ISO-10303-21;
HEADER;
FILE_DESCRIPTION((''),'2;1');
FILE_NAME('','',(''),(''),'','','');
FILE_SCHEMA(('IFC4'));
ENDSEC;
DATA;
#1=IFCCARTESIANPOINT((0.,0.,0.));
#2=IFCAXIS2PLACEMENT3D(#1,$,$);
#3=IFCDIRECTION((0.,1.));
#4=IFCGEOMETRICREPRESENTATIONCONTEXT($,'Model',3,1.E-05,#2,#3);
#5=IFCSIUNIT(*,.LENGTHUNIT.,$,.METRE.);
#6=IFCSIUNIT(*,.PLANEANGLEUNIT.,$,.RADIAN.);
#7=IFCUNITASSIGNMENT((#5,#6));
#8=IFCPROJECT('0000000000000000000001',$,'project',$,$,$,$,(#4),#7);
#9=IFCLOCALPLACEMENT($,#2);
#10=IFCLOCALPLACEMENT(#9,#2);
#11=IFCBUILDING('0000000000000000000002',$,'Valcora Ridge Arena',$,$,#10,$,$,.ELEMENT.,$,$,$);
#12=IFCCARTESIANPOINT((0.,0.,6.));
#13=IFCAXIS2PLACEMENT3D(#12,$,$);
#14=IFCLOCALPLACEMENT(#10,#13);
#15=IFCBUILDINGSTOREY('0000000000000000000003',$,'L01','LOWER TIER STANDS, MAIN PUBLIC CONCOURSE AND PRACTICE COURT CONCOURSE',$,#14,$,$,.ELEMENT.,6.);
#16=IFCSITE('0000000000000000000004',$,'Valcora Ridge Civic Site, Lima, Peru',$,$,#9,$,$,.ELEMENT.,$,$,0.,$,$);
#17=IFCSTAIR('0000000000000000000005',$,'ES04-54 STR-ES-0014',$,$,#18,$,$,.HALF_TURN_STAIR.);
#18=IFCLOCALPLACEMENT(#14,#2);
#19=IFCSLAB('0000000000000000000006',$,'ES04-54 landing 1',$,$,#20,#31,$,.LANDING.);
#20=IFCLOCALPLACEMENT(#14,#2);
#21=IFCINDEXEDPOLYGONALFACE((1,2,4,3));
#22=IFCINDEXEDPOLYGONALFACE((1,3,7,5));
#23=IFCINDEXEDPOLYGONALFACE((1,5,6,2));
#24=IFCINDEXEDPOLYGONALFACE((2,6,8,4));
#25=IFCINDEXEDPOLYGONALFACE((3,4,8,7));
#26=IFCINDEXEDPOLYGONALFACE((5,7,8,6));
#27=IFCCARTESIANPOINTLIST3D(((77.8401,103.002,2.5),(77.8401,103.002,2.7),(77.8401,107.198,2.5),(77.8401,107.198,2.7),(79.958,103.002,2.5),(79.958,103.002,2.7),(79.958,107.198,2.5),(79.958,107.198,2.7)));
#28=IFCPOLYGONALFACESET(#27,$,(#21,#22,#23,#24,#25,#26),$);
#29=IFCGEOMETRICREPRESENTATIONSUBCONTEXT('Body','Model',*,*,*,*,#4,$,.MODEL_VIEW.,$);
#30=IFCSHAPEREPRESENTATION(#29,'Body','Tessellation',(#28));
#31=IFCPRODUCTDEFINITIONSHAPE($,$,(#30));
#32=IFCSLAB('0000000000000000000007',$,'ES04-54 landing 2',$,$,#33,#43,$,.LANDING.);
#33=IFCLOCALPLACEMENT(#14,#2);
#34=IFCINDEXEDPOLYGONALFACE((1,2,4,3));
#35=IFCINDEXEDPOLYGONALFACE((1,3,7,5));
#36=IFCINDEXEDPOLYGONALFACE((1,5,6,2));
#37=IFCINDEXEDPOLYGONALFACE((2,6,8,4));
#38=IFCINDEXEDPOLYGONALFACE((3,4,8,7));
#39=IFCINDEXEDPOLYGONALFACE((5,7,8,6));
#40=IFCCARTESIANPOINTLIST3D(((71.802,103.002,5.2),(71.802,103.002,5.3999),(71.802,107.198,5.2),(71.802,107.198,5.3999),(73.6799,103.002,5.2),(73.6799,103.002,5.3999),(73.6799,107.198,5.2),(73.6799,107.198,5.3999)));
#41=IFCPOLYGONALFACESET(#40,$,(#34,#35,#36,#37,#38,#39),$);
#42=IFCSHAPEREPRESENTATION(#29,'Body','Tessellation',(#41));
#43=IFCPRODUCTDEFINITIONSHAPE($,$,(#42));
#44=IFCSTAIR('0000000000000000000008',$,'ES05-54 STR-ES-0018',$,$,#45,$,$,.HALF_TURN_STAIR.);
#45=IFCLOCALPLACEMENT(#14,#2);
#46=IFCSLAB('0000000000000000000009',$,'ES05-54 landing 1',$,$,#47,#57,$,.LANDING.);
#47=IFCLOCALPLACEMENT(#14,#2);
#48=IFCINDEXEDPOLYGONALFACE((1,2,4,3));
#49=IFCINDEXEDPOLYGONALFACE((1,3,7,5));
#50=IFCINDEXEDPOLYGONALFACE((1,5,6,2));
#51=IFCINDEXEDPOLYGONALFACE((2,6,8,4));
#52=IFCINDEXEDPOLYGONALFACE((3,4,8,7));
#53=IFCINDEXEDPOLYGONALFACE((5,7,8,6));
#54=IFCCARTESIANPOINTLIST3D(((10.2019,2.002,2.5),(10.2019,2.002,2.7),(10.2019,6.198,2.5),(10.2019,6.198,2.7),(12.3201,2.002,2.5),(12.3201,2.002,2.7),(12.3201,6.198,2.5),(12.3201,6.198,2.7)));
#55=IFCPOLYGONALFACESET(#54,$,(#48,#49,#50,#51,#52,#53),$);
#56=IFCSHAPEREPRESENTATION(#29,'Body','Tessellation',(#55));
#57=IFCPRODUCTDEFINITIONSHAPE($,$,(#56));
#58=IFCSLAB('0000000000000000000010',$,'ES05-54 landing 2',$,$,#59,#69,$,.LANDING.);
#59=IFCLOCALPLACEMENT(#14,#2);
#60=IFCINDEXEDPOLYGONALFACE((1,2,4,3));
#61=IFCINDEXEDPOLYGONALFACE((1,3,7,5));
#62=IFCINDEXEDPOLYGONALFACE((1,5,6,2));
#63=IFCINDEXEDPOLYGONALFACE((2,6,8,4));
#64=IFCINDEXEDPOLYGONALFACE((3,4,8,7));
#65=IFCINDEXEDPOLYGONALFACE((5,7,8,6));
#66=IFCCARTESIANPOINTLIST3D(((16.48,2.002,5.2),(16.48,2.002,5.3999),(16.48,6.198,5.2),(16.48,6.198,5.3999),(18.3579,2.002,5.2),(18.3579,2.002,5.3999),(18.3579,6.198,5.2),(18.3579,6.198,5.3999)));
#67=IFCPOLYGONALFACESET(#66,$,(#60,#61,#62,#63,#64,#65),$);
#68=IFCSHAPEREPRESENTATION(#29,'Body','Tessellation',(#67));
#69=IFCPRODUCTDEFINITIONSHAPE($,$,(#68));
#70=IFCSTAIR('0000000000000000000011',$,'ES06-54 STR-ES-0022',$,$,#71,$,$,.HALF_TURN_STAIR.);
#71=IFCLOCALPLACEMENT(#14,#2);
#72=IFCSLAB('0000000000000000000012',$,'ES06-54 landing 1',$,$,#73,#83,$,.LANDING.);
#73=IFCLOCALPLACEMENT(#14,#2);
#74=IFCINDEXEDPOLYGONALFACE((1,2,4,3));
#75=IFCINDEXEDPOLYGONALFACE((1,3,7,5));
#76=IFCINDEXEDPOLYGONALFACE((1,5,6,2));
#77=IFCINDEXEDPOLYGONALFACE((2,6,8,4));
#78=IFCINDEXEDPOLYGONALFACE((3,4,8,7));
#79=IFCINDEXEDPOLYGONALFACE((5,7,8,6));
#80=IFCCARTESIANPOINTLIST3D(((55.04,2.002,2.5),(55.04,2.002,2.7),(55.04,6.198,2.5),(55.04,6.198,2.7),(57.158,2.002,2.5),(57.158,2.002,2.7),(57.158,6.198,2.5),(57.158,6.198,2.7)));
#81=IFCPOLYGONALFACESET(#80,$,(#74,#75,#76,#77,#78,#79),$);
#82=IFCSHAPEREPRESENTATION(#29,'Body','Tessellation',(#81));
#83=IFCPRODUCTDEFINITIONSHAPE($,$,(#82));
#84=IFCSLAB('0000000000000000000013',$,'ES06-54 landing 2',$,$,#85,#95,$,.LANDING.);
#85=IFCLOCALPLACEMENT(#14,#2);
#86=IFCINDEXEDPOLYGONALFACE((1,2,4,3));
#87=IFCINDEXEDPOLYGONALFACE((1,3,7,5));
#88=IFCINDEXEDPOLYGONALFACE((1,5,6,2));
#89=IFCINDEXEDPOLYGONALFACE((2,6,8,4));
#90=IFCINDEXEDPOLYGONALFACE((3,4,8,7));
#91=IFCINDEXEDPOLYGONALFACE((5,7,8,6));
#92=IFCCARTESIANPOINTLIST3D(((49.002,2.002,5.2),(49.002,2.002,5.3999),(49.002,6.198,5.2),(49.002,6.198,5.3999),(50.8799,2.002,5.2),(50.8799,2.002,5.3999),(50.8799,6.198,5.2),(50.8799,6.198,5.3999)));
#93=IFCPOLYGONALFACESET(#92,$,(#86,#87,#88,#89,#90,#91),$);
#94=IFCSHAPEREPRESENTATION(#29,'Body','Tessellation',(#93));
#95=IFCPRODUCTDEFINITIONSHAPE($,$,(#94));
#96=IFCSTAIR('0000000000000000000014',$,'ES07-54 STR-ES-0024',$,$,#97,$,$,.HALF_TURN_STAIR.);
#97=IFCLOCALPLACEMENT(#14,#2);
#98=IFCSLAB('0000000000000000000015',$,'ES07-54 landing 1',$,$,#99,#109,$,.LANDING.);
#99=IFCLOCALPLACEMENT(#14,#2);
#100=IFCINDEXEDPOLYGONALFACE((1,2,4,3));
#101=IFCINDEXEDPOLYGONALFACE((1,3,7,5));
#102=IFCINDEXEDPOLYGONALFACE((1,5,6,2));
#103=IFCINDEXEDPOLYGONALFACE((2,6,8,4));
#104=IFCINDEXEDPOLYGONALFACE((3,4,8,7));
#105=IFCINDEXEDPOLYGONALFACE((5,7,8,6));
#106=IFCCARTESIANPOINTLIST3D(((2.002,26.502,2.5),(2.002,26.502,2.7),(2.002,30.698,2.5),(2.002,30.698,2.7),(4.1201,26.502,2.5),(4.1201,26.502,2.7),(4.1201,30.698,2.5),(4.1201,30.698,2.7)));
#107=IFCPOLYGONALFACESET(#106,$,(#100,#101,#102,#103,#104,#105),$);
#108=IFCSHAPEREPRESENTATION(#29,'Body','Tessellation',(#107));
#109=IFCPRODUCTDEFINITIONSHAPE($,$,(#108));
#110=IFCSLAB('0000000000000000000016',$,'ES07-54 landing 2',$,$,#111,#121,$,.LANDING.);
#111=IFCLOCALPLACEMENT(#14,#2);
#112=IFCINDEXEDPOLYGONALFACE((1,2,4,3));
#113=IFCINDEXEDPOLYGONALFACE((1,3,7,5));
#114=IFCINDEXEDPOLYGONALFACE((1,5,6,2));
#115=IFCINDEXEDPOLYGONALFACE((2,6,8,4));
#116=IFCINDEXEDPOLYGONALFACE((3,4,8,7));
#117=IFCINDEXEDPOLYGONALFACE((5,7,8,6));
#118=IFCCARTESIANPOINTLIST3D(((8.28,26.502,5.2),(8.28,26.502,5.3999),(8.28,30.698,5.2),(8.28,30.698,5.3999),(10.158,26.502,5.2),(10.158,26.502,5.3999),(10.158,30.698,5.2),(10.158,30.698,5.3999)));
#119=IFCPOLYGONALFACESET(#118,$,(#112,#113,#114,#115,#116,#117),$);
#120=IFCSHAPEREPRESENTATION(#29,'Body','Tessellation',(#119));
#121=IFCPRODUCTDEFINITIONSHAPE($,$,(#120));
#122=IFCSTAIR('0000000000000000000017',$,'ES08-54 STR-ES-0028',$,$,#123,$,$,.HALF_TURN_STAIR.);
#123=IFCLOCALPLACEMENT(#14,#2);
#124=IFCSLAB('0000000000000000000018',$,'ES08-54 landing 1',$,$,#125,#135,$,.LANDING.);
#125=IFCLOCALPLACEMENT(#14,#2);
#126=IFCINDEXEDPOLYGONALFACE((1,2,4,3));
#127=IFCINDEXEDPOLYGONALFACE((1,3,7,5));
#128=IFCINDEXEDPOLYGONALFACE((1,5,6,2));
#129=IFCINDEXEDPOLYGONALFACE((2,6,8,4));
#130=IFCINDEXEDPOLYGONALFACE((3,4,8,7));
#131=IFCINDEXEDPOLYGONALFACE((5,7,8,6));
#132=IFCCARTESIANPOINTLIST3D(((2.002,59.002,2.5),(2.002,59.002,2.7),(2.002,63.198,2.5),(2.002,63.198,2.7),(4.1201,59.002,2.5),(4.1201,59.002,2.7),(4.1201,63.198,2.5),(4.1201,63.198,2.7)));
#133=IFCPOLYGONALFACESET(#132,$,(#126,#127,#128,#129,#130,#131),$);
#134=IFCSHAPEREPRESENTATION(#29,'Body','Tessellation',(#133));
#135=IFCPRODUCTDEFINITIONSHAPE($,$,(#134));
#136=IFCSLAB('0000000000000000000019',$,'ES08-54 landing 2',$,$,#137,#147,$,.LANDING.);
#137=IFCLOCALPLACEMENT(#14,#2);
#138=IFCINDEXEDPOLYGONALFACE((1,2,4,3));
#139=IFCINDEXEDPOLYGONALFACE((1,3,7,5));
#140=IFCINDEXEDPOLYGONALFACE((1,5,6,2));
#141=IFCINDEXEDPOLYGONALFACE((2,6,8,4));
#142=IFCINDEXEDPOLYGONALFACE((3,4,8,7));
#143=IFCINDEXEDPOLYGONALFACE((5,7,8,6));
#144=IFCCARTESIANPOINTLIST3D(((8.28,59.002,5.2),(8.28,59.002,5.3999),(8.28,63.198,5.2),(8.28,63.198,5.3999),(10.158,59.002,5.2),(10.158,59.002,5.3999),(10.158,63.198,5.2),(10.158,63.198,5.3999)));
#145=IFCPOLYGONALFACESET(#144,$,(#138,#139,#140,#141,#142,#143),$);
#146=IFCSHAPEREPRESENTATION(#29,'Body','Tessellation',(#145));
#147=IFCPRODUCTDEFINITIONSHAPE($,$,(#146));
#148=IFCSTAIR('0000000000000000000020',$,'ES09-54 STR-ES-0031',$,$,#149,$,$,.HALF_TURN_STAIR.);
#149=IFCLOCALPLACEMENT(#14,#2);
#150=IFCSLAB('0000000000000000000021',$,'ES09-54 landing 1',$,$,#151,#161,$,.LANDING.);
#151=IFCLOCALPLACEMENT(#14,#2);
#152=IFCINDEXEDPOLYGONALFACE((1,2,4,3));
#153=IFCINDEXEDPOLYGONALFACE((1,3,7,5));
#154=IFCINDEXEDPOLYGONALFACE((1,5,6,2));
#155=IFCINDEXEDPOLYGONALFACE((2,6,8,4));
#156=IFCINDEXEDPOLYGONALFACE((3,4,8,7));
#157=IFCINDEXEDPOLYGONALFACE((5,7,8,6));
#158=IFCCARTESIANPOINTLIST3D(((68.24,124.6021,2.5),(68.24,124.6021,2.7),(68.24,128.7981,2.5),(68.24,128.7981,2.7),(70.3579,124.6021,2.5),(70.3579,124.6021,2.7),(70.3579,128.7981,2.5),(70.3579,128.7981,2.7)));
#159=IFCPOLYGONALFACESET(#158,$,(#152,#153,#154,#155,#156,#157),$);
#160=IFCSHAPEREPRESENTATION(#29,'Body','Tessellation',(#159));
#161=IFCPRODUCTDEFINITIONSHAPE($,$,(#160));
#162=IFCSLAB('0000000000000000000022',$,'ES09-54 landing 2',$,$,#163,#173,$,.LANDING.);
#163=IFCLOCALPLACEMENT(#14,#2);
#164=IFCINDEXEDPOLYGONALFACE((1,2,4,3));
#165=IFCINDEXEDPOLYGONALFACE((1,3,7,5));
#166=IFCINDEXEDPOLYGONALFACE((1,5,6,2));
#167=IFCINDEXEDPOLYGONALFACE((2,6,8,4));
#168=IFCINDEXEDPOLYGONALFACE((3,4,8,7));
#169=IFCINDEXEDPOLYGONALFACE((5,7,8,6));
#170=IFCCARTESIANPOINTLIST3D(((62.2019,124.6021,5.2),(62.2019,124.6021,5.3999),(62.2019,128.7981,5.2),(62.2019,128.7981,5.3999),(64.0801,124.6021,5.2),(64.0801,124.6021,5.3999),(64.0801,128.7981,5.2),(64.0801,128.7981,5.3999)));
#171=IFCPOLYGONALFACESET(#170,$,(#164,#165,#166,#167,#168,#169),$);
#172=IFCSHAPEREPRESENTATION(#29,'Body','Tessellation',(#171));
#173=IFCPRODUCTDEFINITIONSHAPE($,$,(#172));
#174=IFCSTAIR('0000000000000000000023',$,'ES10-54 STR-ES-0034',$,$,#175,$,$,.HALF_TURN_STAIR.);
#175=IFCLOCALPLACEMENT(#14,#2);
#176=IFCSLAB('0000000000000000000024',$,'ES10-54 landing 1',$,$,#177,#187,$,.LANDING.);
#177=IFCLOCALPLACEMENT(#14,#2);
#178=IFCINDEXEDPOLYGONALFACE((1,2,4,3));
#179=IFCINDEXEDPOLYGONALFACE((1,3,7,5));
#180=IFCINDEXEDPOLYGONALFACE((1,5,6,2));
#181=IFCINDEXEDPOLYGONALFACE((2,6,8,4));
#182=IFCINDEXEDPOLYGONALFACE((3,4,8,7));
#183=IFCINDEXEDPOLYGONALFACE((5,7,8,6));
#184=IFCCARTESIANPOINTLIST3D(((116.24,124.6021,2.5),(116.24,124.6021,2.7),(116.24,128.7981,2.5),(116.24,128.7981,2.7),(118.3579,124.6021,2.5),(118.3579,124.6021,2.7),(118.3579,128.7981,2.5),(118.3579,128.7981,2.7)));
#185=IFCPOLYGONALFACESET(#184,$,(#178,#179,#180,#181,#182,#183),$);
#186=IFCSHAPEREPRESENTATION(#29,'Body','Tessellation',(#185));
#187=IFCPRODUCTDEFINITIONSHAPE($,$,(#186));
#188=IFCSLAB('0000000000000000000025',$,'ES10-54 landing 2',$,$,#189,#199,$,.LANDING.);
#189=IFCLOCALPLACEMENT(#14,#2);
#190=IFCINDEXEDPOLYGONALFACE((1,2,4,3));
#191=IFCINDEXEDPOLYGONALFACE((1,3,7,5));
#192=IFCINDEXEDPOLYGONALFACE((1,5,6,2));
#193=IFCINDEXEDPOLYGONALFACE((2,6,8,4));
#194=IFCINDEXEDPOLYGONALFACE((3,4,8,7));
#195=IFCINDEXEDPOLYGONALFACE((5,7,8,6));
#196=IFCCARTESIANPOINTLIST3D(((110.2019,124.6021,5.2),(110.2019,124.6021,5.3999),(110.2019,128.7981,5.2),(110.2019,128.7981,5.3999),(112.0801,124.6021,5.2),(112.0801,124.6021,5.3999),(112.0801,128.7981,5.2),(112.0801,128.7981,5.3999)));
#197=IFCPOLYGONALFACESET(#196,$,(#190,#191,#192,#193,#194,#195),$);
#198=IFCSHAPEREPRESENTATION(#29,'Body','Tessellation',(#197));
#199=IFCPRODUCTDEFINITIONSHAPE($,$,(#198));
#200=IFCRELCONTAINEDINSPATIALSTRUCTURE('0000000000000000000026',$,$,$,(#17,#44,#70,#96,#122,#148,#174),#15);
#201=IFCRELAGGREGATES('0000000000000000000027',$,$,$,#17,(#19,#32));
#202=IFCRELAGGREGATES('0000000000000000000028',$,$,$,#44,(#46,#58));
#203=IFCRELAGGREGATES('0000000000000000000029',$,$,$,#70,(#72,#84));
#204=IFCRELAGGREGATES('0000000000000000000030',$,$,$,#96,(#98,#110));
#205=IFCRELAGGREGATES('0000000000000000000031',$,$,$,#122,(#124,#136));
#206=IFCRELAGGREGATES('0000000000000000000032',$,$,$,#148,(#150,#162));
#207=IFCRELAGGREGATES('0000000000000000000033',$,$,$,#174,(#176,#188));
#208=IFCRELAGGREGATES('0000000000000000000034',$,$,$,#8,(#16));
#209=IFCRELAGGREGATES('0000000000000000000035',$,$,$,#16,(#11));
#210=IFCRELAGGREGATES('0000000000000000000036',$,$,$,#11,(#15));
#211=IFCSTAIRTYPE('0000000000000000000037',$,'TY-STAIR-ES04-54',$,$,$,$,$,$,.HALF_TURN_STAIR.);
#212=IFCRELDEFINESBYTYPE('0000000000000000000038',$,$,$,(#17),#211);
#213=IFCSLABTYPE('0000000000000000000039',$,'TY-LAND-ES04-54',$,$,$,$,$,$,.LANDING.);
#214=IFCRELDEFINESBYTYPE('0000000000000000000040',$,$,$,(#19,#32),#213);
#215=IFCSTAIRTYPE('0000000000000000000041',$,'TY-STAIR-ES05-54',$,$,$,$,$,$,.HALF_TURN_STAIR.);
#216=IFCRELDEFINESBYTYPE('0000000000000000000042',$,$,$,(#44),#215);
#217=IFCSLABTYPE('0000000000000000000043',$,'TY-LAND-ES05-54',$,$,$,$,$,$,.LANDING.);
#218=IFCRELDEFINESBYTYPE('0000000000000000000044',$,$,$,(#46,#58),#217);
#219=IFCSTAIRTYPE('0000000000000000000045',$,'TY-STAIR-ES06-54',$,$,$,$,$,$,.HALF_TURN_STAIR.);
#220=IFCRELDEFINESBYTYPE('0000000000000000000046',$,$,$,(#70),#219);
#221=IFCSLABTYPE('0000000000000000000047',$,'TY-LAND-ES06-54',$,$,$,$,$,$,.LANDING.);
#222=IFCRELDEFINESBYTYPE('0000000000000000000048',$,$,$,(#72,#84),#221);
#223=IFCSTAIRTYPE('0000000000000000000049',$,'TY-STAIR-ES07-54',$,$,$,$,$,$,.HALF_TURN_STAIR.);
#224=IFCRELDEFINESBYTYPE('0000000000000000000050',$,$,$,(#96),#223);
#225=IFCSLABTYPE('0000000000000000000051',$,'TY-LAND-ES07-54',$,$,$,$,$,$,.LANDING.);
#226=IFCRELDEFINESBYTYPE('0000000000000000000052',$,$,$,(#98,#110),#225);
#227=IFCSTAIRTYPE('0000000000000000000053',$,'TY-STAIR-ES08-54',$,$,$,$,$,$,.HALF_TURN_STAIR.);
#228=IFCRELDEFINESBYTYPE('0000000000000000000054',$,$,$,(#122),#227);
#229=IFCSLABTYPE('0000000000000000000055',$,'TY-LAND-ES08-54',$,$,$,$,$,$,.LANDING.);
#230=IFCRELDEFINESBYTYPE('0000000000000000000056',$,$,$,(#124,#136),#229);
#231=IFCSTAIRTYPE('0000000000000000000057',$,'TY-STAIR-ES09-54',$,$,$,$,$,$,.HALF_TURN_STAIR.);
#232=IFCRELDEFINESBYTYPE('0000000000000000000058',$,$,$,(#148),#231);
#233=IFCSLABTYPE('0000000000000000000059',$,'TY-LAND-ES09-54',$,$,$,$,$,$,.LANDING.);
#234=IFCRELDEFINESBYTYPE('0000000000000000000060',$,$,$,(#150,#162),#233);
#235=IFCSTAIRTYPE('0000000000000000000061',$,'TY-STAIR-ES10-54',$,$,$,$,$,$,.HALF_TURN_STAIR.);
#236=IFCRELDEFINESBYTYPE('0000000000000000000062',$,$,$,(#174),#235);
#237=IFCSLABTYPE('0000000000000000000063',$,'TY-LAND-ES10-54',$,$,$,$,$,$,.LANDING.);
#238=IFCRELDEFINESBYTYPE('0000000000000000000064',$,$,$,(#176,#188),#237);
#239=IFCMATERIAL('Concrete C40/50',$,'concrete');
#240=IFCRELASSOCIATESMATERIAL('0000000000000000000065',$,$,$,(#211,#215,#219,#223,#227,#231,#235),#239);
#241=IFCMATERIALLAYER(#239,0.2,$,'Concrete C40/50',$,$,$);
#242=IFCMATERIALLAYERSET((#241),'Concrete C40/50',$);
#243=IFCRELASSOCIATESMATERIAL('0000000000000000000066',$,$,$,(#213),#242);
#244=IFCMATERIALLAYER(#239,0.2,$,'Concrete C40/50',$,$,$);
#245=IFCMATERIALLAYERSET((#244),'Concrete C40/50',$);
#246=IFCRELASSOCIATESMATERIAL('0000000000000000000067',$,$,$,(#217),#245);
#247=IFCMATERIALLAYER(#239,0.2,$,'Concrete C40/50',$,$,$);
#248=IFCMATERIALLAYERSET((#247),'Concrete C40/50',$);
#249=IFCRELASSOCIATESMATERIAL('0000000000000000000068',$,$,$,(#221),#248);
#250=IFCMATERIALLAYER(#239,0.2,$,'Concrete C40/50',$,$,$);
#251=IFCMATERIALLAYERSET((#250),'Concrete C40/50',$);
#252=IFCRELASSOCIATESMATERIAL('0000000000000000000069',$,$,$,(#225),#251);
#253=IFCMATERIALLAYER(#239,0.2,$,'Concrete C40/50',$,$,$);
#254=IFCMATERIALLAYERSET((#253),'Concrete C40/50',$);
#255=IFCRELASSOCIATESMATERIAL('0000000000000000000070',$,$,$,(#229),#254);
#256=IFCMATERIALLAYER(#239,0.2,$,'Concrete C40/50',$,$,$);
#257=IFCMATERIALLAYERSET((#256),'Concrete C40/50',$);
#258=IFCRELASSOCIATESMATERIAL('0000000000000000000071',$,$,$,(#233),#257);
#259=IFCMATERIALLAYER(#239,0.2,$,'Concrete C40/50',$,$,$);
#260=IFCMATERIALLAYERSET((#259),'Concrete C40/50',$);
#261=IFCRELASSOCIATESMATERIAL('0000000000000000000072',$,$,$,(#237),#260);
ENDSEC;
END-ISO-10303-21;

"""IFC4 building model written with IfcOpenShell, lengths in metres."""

from ifc_helpers import new_model, si_unit, direction, frame, origin, place, context, subcontext, project, spatial, polyline, outline, extrude, material, layer, layer_set, type_object, element, aggregate, save


model = new_model("IFC4")

# Units and contexts
model_context = context("Model", 3, precision=1e-05, world=origin(), true_north=direction((0.0, 1.0)))
body_context = subcontext(model_context, "Body", "Model", "MODEL_VIEW")
ifc_project = project(units=[si_unit("LENGTHUNIT", "METRE"), si_unit("PLANEANGLEUNIT", "RADIAN")], contexts=[model_context])

# Site, building, storey
site_placement = place(None, origin())
site = spatial("IfcSite", under=ifc_project, at=site_placement, Name="Valcora Ridge Civic Site, Lima, Peru", CompositionType="ELEMENT", RefElevation=0.0)
building_placement = place(site_placement, origin())
building = spatial("IfcBuilding", under=site, at=building_placement, Name="Valcora Ridge Arena", CompositionType="ELEMENT")
storey_placement = place(building_placement, frame((0.0, 0.0, 6.0)))
storey = spatial("IfcBuildingStorey", under=building, at=storey_placement, Name="L01", Description="LOWER TIER STANDS, MAIN PUBLIC CONCOURSE AND PRACTICE COURT CONCOURSE", CompositionType="ELEMENT", Elevation=6.0)

# Stairs, slabs
ifc_material_1 = material(Name="Concrete C40/50", Category="concrete")
stair_type_1 = type_object("IfcStairType", Name="TY-STAIR-ES04-54", PredefinedType="HALF_TURN_STAIR", material=ifc_material_1)
stair_1_placement = place(storey_placement, origin())
stair_1 = element("IfcStair", 1, at=stair_1_placement, inside=storey, type_object=stair_type_1, Name="ES04-54 STR-ES-0014", PredefinedType="HALF_TURN_STAIR")
ifc_layer_1 = layer(ifc_material_1, 0.2, Name="Concrete C40/50")
ifc_layer_set_1 = layer_set([ifc_layer_1], Name="Concrete C40/50")
slab_type_1 = type_object("IfcSlabType", Name="TY-LAND-ES04-54", PredefinedType="LANDING", material=ifc_layer_set_1)
slab_1_placement = place(storey_placement, frame((0.0, 0.0, 2.5)))
slab_1 = element("IfcSlab", 2, at=slab_1_placement, type_object=slab_type_1, Name="ES04-54 landing 1", PredefinedType="LANDING", context=body_context, shape_type="SweptSolid", body=[
    extrude(outline(polyline([(77.8401, 103.002), (79.958, 103.002), (79.958, 107.198), (77.8401, 107.198), (77.8401, 103.002)])), origin(), (0.0, 0.0, 1.0), 0.2),
])
slab_2_placement = place(storey_placement, frame((0.0, 0.0, 5.2)))
slab_2 = element("IfcSlab", 3, at=slab_2_placement, type_object=slab_type_1, Name="ES04-54 landing 2", PredefinedType="LANDING", context=body_context, shape_type="SweptSolid", body=[
    extrude(outline(polyline([(71.802, 103.002), (73.6799, 103.002), (73.6799, 107.198), (71.802, 107.198), (71.802, 103.002)])), origin(), (0.0, 0.0, 1.0), 0.2),
])
aggregate(stair_1, [slab_1, slab_2])
stair_type_2 = type_object("IfcStairType", Name="TY-STAIR-ES05-54", PredefinedType="HALF_TURN_STAIR", material=ifc_material_1)
stair_2_placement = place(storey_placement, origin())
stair_2 = element("IfcStair", 4, at=stair_2_placement, inside=storey, type_object=stair_type_2, Name="ES05-54 STR-ES-0018", PredefinedType="HALF_TURN_STAIR")
ifc_layer_2 = layer(ifc_material_1, 0.2, Name="Concrete C40/50")
ifc_layer_set_2 = layer_set([ifc_layer_2], Name="Concrete C40/50")
slab_type_2 = type_object("IfcSlabType", Name="TY-LAND-ES05-54", PredefinedType="LANDING", material=ifc_layer_set_2)
slab_3_placement = place(storey_placement, frame((0.0, 0.0, 2.5)))
slab_3 = element("IfcSlab", 5, at=slab_3_placement, type_object=slab_type_2, Name="ES05-54 landing 1", PredefinedType="LANDING", context=body_context, shape_type="SweptSolid", body=[
    extrude(outline(polyline([(10.2019, 2.002), (12.3201, 2.002), (12.3201, 6.198), (10.2019, 6.198), (10.2019, 2.002)])), origin(), (0.0, 0.0, 1.0), 0.2),
])
slab_4_placement = place(storey_placement, frame((0.0, 0.0, 5.2)))
slab_4 = element("IfcSlab", 6, at=slab_4_placement, type_object=slab_type_2, Name="ES05-54 landing 2", PredefinedType="LANDING", context=body_context, shape_type="SweptSolid", body=[
    extrude(outline(polyline([(16.48, 2.002), (18.3579, 2.002), (18.3579, 6.198), (16.48, 6.198), (16.48, 2.002)])), origin(), (0.0, 0.0, 1.0), 0.2),
])
aggregate(stair_2, [slab_3, slab_4])
stair_type_3 = type_object("IfcStairType", Name="TY-STAIR-ES06-54", PredefinedType="HALF_TURN_STAIR", material=ifc_material_1)
stair_3_placement = place(storey_placement, origin())
stair_3 = element("IfcStair", 7, at=stair_3_placement, inside=storey, type_object=stair_type_3, Name="ES06-54 STR-ES-0022", PredefinedType="HALF_TURN_STAIR")
ifc_layer_3 = layer(ifc_material_1, 0.2, Name="Concrete C40/50")
ifc_layer_set_3 = layer_set([ifc_layer_3], Name="Concrete C40/50")
slab_type_3 = type_object("IfcSlabType", Name="TY-LAND-ES06-54", PredefinedType="LANDING", material=ifc_layer_set_3)
slab_5_placement = place(storey_placement, frame((0.0, 0.0, 2.5)))
slab_5 = element("IfcSlab", 8, at=slab_5_placement, type_object=slab_type_3, Name="ES06-54 landing 1", PredefinedType="LANDING", context=body_context, shape_type="SweptSolid", body=[
    extrude(outline(polyline([(55.04, 2.002), (57.158, 2.002), (57.158, 6.198), (55.04, 6.198), (55.04, 2.002)])), origin(), (0.0, 0.0, 1.0), 0.2),
])
slab_6_placement = place(storey_placement, frame((0.0, 0.0, 5.2)))
slab_6 = element("IfcSlab", 9, at=slab_6_placement, type_object=slab_type_3, Name="ES06-54 landing 2", PredefinedType="LANDING", context=body_context, shape_type="SweptSolid", body=[
    extrude(outline(polyline([(49.002, 2.002), (50.8799, 2.002), (50.8799, 6.198), (49.002, 6.198), (49.002, 2.002)])), origin(), (0.0, 0.0, 1.0), 0.2),
])
aggregate(stair_3, [slab_5, slab_6])
stair_type_4 = type_object("IfcStairType", Name="TY-STAIR-ES07-54", PredefinedType="HALF_TURN_STAIR", material=ifc_material_1)
stair_4_placement = place(storey_placement, origin())
stair_4 = element("IfcStair", 10, at=stair_4_placement, inside=storey, type_object=stair_type_4, Name="ES07-54 STR-ES-0024", PredefinedType="HALF_TURN_STAIR")
ifc_layer_4 = layer(ifc_material_1, 0.2, Name="Concrete C40/50")
ifc_layer_set_4 = layer_set([ifc_layer_4], Name="Concrete C40/50")
slab_type_4 = type_object("IfcSlabType", Name="TY-LAND-ES07-54", PredefinedType="LANDING", material=ifc_layer_set_4)
slab_7_placement = place(storey_placement, frame((0.0, 0.0, 2.5)))
slab_7 = element("IfcSlab", 11, at=slab_7_placement, type_object=slab_type_4, Name="ES07-54 landing 1", PredefinedType="LANDING", context=body_context, shape_type="SweptSolid", body=[
    extrude(outline(polyline([(2.002, 26.502), (4.1201, 26.502), (4.1201, 30.698), (2.002, 30.698), (2.002, 26.502)])), origin(), (0.0, 0.0, 1.0), 0.2),
])
slab_8_placement = place(storey_placement, frame((0.0, 0.0, 5.2)))
slab_8 = element("IfcSlab", 12, at=slab_8_placement, type_object=slab_type_4, Name="ES07-54 landing 2", PredefinedType="LANDING", context=body_context, shape_type="SweptSolid", body=[
    extrude(outline(polyline([(8.28, 26.502), (10.158, 26.502), (10.158, 30.698), (8.28, 30.698), (8.28, 26.502)])), origin(), (0.0, 0.0, 1.0), 0.2),
])
aggregate(stair_4, [slab_7, slab_8])
stair_type_5 = type_object("IfcStairType", Name="TY-STAIR-ES08-54", PredefinedType="HALF_TURN_STAIR", material=ifc_material_1)
stair_5_placement = place(storey_placement, origin())
stair_5 = element("IfcStair", 13, at=stair_5_placement, inside=storey, type_object=stair_type_5, Name="ES08-54 STR-ES-0028", PredefinedType="HALF_TURN_STAIR")
ifc_layer_5 = layer(ifc_material_1, 0.2, Name="Concrete C40/50")
ifc_layer_set_5 = layer_set([ifc_layer_5], Name="Concrete C40/50")
slab_type_5 = type_object("IfcSlabType", Name="TY-LAND-ES08-54", PredefinedType="LANDING", material=ifc_layer_set_5)
slab_9_placement = place(storey_placement, frame((0.0, 0.0, 2.5)))
slab_9 = element("IfcSlab", 14, at=slab_9_placement, type_object=slab_type_5, Name="ES08-54 landing 1", PredefinedType="LANDING", context=body_context, shape_type="SweptSolid", body=[
    extrude(outline(polyline([(2.002, 59.002), (4.1201, 59.002), (4.1201, 63.198), (2.002, 63.198), (2.002, 59.002)])), origin(), (0.0, 0.0, 1.0), 0.2),
])
slab_10_placement = place(storey_placement, frame((0.0, 0.0, 5.2)))
slab_10 = element("IfcSlab", 15, at=slab_10_placement, type_object=slab_type_5, Name="ES08-54 landing 2", PredefinedType="LANDING", context=body_context, shape_type="SweptSolid", body=[
    extrude(outline(polyline([(8.28, 59.002), (10.158, 59.002), (10.158, 63.198), (8.28, 63.198), (8.28, 59.002)])), origin(), (0.0, 0.0, 1.0), 0.2),
])
aggregate(stair_5, [slab_9, slab_10])
stair_type_6 = type_object("IfcStairType", Name="TY-STAIR-ES09-54", PredefinedType="HALF_TURN_STAIR", material=ifc_material_1)
stair_6_placement = place(storey_placement, origin())
stair_6 = element("IfcStair", 16, at=stair_6_placement, inside=storey, type_object=stair_type_6, Name="ES09-54 STR-ES-0031", PredefinedType="HALF_TURN_STAIR")
ifc_layer_6 = layer(ifc_material_1, 0.2, Name="Concrete C40/50")
ifc_layer_set_6 = layer_set([ifc_layer_6], Name="Concrete C40/50")
slab_type_6 = type_object("IfcSlabType", Name="TY-LAND-ES09-54", PredefinedType="LANDING", material=ifc_layer_set_6)
slab_11_placement = place(storey_placement, frame((0.0, 0.0, 2.5)))
slab_11 = element("IfcSlab", 17, at=slab_11_placement, type_object=slab_type_6, Name="ES09-54 landing 1", PredefinedType="LANDING", context=body_context, shape_type="SweptSolid", body=[
    extrude(outline(polyline([(68.24, 124.6021), (70.3579, 124.6021), (70.3579, 128.7981), (68.24, 128.7981), (68.24, 124.6021)])), origin(), (0.0, 0.0, 1.0), 0.2),
])
slab_12_placement = place(storey_placement, frame((0.0, 0.0, 5.2)))
slab_12 = element("IfcSlab", 18, at=slab_12_placement, type_object=slab_type_6, Name="ES09-54 landing 2", PredefinedType="LANDING", context=body_context, shape_type="SweptSolid", body=[
    extrude(outline(polyline([(62.2019, 124.6021), (64.0801, 124.6021), (64.0801, 128.7981), (62.2019, 128.7981), (62.2019, 124.6021)])), origin(), (0.0, 0.0, 1.0), 0.2),
])
aggregate(stair_6, [slab_11, slab_12])
stair_type_7 = type_object("IfcStairType", Name="TY-STAIR-ES10-54", PredefinedType="HALF_TURN_STAIR", material=ifc_material_1)
stair_7_placement = place(storey_placement, origin())
stair_7 = element("IfcStair", 19, at=stair_7_placement, inside=storey, type_object=stair_type_7, Name="ES10-54 STR-ES-0034", PredefinedType="HALF_TURN_STAIR")
ifc_layer_7 = layer(ifc_material_1, 0.2, Name="Concrete C40/50")
ifc_layer_set_7 = layer_set([ifc_layer_7], Name="Concrete C40/50")
slab_type_7 = type_object("IfcSlabType", Name="TY-LAND-ES10-54", PredefinedType="LANDING", material=ifc_layer_set_7)
slab_13_placement = place(storey_placement, frame((0.0, 0.0, 2.5)))
slab_13 = element("IfcSlab", 20, at=slab_13_placement, type_object=slab_type_7, Name="ES10-54 landing 1", PredefinedType="LANDING", context=body_context, shape_type="SweptSolid", body=[
    extrude(outline(polyline([(116.24, 124.6021), (118.3579, 124.6021), (118.3579, 128.7981), (116.24, 128.7981), (116.24, 124.6021)])), origin(), (0.0, 0.0, 1.0), 0.2),
])
slab_14_placement = place(storey_placement, frame((0.0, 0.0, 5.2)))
slab_14 = element("IfcSlab", 21, at=slab_14_placement, type_object=slab_type_7, Name="ES10-54 landing 2", PredefinedType="LANDING", context=body_context, shape_type="SweptSolid", body=[
    extrude(outline(polyline([(110.2019, 124.6021), (112.0801, 124.6021), (112.0801, 128.7981), (110.2019, 128.7981), (110.2019, 124.6021)])), origin(), (0.0, 0.0, 1.0), 0.2),
])
aggregate(stair_7, [slab_13, slab_14])

save(model, "model.ifc")
